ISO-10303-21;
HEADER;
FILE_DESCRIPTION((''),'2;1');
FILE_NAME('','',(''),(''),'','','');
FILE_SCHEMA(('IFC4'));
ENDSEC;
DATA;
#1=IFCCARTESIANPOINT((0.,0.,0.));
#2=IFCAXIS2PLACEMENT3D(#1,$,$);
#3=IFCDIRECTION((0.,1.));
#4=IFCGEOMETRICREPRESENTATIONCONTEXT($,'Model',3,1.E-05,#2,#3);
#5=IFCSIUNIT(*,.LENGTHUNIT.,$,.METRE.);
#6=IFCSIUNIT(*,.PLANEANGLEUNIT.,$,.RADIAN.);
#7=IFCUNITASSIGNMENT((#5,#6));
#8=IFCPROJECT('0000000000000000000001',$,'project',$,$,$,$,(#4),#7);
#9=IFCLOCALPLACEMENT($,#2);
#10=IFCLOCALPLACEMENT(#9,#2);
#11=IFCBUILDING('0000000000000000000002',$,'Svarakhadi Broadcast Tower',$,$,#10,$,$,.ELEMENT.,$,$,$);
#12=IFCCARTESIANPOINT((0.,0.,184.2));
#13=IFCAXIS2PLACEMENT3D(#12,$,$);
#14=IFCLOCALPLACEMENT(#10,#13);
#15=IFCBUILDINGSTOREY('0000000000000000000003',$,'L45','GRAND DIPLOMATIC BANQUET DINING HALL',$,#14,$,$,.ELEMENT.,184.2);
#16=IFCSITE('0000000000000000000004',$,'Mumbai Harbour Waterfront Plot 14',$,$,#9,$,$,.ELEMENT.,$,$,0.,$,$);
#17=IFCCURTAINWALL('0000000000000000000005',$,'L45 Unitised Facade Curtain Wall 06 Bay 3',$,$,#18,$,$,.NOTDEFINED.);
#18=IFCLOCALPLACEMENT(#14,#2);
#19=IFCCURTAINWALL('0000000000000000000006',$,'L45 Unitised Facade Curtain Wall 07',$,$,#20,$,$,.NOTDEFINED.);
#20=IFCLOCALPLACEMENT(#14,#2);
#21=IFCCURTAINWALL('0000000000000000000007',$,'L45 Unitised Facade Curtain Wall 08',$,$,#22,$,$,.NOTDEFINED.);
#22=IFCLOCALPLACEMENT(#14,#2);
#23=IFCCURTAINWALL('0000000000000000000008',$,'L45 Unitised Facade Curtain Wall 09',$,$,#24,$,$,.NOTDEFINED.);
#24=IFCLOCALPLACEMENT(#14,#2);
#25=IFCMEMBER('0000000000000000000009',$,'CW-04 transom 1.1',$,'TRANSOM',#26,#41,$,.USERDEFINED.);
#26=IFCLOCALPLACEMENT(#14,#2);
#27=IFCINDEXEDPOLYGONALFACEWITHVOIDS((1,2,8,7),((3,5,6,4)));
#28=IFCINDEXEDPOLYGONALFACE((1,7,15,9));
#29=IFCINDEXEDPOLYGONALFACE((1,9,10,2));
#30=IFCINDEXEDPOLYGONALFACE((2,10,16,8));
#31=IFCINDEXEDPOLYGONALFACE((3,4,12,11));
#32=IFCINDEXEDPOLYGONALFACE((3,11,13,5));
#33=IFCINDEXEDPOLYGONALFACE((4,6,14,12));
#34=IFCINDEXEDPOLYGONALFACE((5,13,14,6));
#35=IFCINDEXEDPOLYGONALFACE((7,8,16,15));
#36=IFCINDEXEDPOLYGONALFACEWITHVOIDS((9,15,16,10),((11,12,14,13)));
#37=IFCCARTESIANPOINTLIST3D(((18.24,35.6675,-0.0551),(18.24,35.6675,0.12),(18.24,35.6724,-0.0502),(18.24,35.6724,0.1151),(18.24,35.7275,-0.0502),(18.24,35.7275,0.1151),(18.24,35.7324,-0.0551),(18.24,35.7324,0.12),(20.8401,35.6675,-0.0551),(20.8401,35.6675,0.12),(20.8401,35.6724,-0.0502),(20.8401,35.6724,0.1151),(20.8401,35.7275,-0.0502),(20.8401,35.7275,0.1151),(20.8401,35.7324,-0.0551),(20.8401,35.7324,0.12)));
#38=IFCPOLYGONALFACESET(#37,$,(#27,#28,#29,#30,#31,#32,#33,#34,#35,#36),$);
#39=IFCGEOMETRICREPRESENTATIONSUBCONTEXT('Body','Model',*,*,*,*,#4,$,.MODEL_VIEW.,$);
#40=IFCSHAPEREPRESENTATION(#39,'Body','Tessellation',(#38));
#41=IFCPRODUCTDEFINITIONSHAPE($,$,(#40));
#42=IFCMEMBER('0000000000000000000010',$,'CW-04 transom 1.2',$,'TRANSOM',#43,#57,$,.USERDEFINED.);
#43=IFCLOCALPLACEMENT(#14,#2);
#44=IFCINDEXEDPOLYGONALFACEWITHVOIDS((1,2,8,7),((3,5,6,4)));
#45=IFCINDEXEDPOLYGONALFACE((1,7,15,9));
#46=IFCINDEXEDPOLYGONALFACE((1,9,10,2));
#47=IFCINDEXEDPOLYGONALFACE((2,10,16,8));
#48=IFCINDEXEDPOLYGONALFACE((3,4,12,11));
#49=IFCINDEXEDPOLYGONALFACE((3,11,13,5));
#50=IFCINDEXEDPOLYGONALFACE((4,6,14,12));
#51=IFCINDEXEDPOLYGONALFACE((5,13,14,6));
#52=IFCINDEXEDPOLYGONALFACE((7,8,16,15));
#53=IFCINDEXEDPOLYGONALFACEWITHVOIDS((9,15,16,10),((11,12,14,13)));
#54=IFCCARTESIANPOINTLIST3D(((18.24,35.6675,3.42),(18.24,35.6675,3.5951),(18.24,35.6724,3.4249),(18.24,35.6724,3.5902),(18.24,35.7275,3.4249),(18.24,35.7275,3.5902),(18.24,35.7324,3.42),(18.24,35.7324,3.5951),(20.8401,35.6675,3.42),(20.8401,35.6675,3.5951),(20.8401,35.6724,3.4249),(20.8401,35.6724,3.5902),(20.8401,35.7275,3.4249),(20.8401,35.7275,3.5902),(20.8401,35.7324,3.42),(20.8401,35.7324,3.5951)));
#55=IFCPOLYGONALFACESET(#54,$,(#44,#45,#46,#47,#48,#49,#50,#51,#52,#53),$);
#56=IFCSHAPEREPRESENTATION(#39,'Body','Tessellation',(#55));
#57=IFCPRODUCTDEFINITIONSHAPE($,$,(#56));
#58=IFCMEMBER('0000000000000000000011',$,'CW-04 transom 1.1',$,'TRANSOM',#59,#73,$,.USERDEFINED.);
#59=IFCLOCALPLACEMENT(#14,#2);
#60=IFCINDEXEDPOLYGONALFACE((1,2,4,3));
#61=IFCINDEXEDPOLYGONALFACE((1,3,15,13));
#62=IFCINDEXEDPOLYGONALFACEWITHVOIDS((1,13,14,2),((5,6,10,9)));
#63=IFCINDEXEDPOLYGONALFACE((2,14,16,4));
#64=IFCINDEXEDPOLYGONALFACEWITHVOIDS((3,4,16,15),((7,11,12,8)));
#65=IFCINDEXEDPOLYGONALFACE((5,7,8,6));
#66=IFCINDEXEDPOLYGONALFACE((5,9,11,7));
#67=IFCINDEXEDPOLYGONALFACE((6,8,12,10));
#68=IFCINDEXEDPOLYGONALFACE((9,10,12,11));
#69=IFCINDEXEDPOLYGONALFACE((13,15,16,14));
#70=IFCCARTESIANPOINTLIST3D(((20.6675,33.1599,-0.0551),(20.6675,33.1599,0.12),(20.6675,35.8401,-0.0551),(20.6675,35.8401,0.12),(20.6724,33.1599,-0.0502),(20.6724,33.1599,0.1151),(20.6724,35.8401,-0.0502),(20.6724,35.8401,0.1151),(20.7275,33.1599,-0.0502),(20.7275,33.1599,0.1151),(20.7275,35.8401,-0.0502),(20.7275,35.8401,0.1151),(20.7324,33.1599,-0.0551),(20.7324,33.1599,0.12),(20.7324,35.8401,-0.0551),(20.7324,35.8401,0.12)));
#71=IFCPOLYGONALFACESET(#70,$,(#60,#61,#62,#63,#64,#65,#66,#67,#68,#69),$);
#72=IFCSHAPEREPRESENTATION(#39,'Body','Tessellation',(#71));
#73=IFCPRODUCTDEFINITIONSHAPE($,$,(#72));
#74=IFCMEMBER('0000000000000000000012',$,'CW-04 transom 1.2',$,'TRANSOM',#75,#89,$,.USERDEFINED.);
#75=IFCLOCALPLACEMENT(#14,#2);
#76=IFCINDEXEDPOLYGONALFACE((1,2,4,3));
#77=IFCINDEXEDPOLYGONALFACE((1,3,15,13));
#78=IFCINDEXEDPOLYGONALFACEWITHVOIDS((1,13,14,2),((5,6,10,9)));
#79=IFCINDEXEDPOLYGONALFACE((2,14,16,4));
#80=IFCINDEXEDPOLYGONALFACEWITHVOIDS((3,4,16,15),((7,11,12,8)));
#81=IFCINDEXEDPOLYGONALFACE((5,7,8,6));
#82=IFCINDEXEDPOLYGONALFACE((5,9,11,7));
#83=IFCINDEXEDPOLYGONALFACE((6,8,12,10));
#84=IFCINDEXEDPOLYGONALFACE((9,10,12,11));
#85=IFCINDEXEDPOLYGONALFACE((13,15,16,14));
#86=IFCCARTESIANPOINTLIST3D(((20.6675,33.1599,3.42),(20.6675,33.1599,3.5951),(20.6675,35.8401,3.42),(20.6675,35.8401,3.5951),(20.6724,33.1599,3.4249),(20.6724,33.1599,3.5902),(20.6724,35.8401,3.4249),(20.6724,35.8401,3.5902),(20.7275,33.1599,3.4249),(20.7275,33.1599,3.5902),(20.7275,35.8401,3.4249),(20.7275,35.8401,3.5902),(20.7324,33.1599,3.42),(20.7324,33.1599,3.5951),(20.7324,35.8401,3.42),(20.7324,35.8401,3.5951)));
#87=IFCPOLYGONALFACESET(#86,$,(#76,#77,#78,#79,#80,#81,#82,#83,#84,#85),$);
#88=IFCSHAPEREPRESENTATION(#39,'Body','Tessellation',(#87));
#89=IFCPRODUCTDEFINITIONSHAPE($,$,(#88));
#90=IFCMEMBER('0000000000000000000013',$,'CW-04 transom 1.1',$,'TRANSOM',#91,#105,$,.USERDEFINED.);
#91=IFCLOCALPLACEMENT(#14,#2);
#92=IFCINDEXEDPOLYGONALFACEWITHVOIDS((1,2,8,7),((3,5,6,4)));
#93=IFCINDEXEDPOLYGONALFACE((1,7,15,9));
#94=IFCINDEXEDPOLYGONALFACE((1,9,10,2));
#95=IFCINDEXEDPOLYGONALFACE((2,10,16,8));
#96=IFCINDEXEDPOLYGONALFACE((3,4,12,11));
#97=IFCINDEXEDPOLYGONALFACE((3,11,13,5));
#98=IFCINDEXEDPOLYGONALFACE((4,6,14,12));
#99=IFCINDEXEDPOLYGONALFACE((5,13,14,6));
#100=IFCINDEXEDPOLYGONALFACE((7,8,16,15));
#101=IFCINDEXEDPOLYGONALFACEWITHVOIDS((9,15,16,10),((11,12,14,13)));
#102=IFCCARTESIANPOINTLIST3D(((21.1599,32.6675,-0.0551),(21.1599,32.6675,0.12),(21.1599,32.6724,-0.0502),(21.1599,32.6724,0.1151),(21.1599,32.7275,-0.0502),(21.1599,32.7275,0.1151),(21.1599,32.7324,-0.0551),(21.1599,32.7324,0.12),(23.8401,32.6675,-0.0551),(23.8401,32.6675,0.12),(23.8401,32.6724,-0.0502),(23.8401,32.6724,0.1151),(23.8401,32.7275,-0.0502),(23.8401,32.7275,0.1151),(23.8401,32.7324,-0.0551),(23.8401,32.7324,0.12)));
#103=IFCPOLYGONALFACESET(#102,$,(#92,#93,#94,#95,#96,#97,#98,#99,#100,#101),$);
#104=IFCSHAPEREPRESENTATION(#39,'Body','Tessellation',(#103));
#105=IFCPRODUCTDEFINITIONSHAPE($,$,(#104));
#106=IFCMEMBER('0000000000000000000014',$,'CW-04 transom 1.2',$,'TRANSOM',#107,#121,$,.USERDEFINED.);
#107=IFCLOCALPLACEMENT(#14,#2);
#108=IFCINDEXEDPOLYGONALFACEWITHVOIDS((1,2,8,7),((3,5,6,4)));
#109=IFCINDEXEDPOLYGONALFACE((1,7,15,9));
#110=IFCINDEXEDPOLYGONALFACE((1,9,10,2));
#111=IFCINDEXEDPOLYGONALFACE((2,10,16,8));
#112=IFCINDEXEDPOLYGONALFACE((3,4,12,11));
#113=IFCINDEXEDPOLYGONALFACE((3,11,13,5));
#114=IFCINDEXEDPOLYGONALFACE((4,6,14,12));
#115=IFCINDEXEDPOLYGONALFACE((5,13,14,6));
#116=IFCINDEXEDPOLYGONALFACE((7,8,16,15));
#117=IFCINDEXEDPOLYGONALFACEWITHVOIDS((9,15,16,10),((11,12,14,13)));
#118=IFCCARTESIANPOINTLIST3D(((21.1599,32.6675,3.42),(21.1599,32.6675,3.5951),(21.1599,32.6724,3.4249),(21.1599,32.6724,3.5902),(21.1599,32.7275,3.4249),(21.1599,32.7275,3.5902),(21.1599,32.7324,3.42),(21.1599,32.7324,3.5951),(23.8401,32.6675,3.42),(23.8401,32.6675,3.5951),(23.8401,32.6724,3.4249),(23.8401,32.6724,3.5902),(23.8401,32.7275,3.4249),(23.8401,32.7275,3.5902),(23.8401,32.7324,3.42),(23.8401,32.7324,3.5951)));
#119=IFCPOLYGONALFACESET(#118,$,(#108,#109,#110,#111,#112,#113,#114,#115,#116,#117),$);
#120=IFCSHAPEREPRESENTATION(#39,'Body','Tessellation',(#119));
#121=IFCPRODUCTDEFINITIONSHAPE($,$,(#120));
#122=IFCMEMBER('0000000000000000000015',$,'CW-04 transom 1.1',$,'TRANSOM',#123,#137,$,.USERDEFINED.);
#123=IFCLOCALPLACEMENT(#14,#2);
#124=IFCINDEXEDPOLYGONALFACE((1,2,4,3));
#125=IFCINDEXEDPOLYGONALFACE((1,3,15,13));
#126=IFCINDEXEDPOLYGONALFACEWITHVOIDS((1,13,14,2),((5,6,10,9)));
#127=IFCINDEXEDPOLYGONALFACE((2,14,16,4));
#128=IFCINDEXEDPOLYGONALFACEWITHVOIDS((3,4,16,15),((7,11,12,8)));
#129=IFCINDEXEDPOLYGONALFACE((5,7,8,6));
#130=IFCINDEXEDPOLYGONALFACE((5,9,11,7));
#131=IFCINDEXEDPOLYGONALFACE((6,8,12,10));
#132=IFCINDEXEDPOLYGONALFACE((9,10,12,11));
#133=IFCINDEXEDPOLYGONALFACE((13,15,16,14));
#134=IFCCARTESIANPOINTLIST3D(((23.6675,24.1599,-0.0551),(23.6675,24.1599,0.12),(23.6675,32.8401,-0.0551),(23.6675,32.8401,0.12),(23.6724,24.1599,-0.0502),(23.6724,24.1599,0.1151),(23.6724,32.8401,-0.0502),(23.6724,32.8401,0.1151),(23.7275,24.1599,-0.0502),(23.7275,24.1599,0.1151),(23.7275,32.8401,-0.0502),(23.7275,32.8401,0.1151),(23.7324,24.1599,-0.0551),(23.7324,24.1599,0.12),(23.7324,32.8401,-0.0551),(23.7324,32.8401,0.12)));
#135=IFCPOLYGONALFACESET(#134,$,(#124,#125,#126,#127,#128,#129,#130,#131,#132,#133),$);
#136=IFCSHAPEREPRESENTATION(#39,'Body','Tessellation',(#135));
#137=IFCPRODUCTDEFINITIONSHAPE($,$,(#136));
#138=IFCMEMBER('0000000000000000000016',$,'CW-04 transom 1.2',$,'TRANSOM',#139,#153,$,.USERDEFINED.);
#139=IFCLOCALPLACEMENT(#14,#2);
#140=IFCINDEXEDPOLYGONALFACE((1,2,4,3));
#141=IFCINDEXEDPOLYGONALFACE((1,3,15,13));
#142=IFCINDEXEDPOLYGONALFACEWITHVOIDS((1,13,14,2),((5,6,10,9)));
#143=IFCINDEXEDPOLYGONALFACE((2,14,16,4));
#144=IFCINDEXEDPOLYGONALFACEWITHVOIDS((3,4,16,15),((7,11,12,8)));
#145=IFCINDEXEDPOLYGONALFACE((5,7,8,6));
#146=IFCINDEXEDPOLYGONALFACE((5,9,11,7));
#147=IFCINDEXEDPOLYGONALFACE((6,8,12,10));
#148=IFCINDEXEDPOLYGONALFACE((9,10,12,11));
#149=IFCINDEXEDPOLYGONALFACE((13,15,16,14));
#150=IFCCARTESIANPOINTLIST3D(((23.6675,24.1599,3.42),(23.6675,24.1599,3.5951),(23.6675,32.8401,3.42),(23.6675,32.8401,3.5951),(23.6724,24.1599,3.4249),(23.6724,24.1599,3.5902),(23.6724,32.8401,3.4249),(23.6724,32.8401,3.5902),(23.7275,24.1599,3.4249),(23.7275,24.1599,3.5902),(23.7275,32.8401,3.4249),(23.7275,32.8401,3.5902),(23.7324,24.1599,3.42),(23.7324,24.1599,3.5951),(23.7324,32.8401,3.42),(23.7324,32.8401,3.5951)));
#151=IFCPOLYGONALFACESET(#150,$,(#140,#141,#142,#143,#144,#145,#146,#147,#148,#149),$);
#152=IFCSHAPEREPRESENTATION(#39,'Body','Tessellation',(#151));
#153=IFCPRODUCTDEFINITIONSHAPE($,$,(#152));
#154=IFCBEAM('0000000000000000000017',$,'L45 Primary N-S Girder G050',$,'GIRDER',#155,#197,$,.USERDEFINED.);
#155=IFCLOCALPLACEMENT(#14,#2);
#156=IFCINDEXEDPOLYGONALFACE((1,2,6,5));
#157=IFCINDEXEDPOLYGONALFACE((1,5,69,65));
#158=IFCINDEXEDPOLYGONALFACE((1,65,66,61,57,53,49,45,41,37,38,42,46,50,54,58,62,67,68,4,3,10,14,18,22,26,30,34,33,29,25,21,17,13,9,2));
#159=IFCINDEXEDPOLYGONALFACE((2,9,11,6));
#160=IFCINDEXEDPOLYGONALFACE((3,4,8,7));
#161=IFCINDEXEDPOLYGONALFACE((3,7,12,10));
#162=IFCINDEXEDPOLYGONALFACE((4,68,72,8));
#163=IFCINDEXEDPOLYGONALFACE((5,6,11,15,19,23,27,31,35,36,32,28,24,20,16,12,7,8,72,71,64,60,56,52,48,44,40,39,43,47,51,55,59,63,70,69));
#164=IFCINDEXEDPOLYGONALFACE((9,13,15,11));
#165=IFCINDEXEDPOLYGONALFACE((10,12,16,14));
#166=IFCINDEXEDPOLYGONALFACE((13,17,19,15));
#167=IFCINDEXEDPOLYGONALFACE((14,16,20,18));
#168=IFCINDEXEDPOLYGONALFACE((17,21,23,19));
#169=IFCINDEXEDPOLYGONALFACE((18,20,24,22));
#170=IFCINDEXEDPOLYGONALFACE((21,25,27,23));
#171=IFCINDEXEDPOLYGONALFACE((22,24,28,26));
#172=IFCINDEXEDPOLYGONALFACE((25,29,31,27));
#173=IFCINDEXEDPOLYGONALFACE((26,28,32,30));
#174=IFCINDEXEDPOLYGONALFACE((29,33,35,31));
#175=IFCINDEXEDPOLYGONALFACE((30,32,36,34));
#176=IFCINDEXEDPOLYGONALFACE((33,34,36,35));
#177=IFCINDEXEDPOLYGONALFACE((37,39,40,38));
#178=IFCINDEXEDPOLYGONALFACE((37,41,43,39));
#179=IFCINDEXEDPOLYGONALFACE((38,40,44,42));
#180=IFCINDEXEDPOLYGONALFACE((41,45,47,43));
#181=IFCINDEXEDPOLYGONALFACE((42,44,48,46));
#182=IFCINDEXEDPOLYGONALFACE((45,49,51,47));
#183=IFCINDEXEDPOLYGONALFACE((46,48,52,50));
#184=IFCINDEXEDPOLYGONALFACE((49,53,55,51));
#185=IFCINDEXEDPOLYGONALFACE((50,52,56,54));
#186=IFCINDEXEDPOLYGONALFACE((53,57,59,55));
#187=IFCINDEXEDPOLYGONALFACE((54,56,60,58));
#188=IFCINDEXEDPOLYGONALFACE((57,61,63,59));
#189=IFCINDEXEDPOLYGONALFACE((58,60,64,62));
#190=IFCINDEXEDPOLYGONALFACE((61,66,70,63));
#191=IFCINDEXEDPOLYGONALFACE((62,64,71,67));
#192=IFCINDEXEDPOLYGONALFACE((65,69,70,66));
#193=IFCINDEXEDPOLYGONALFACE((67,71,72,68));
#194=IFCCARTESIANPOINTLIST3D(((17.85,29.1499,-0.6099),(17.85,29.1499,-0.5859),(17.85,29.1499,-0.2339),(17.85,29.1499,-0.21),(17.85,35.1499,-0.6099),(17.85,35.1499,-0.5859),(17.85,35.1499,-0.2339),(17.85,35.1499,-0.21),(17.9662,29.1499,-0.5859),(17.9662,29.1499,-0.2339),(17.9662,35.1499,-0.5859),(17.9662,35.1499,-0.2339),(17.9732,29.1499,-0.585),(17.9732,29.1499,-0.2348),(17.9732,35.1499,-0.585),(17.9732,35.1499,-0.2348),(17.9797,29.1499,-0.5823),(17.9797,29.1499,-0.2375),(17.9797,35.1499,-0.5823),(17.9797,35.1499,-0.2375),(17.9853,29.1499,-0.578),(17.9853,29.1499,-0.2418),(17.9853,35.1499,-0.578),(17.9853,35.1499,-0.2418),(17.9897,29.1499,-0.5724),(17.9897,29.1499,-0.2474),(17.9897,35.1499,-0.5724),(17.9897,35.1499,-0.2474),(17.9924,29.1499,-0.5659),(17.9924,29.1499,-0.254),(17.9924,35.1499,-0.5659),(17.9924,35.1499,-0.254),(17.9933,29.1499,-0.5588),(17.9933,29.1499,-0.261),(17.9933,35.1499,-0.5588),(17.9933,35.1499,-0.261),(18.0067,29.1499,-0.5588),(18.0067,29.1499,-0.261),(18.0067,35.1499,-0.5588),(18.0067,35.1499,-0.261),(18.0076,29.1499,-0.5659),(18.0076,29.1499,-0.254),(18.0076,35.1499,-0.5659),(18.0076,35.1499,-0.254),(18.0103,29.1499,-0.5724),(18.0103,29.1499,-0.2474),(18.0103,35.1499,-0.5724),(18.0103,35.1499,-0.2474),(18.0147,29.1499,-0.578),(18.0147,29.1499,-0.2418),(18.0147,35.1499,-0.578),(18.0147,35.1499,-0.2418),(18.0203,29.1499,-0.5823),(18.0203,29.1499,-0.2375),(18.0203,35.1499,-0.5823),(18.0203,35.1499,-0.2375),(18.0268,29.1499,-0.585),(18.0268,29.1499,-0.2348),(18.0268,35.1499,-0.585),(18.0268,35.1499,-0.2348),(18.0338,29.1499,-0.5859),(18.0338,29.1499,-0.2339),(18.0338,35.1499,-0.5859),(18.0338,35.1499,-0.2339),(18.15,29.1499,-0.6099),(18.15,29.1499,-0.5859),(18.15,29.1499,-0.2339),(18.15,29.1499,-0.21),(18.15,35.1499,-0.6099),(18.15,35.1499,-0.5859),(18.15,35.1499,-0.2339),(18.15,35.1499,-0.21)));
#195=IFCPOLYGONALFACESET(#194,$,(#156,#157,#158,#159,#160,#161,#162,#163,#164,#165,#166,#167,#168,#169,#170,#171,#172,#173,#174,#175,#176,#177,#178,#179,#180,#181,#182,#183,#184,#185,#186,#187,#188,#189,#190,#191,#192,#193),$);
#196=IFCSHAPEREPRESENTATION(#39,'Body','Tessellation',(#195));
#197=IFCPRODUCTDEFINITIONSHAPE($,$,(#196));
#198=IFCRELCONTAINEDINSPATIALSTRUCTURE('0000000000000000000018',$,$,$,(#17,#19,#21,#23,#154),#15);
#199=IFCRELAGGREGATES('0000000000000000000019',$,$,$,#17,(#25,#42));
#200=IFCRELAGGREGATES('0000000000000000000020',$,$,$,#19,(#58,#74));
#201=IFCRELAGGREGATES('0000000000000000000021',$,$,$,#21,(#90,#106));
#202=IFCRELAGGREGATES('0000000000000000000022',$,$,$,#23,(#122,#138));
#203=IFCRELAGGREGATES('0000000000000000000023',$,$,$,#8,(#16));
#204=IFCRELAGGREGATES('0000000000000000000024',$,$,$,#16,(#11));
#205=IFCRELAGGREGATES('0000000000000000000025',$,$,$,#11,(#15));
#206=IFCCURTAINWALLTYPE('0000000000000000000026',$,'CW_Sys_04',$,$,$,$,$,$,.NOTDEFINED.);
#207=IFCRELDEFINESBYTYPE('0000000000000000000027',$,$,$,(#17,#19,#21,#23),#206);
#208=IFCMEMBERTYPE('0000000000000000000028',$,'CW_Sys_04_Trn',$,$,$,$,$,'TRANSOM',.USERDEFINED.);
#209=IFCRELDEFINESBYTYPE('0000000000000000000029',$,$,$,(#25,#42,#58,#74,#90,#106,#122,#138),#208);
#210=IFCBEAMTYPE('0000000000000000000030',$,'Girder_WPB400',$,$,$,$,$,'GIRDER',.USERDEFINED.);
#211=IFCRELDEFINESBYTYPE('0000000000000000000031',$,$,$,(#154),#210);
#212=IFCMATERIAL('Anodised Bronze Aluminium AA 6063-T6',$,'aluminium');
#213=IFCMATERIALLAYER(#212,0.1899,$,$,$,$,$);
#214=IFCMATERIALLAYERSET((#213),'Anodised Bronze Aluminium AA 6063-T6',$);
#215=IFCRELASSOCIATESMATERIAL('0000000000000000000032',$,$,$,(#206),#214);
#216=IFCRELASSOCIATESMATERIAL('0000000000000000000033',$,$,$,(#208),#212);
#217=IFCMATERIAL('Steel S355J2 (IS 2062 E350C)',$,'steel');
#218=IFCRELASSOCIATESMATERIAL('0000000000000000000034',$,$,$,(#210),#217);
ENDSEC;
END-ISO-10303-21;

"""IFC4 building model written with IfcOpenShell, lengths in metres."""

from ifc_helpers import new_model, si_unit, direction, frame, origin, origin_2d, place, context, subcontext, project, spatial, hollow_rectangle, i_section, extrude, material, layer, layer_set, material_profile, profile_set, type_object, element, aggregate, save


model = new_model("IFC4")

# Units and contexts
model_context = context("Model", 3, precision=1e-05, world=origin(), true_north=direction((0.0, 1.0)))
body_context = subcontext(model_context, "Body", "Model", "MODEL_VIEW")
ifc_project = project(units=[si_unit("LENGTHUNIT", "METRE"), si_unit("PLANEANGLEUNIT", "RADIAN")], contexts=[model_context])

# Site, building, storey
site_placement = place(None, origin())
site = spatial("IfcSite", under=ifc_project, at=site_placement, Name="Mumbai Harbour Waterfront Plot 14", CompositionType="ELEMENT", RefElevation=0.0)
building_placement = place(site_placement, origin())
building = spatial("IfcBuilding", under=site, at=building_placement, Name="Svarakhadi Broadcast Tower", CompositionType="ELEMENT")
storey_placement = place(building_placement, frame((0.0, 0.0, 184.2)))
storey = spatial("IfcBuildingStorey", under=building, at=storey_placement, Name="L45", Description="GRAND DIPLOMATIC BANQUET DINING HALL", CompositionType="ELEMENT", Elevation=184.2)

# Curtain walls
ifc_material_1 = material(Name="Anodised Bronze Aluminium AA 6063-T6", Category="aluminium")
ifc_layer_1 = layer(ifc_material_1, 0.1899)
ifc_layer_set_1 = layer_set([ifc_layer_1], Name="Anodised Bronze Aluminium AA 6063-T6")
curtain_wall_type = type_object("IfcCurtainWallType", Name="CW_Sys_04", PredefinedType="NOTDEFINED", material=ifc_layer_set_1)
curtain_wall_1_placement = place(storey_placement, origin())
curtain_wall_1 = element("IfcCurtainWall", 1, at=curtain_wall_1_placement, inside=storey, type_object=curtain_wall_type, Name="L45 Unitised Facade Curtain Wall 06 Bay 3", PredefinedType="NOTDEFINED")
curtain_wall_2_placement = place(storey_placement, origin())
curtain_wall_2 = element("IfcCurtainWall", 2, at=curtain_wall_2_placement, inside=storey, type_object=curtain_wall_type, Name="L45 Unitised Facade Curtain Wall 07", PredefinedType="NOTDEFINED")
curtain_wall_3_placement = place(storey_placement, origin())
curtain_wall_3 = element("IfcCurtainWall", 3, at=curtain_wall_3_placement, inside=storey, type_object=curtain_wall_type, Name="L45 Unitised Facade Curtain Wall 08", PredefinedType="NOTDEFINED")

# Curtain wall
curtain_wall_4_placement = place(storey_placement, origin())
curtain_wall_4 = element("IfcCurtainWall", 4, at=curtain_wall_4_placement, inside=storey, type_object=curtain_wall_type, Name="L45 Unitised Facade Curtain Wall 09", PredefinedType="NOTDEFINED")

# Members
ifc_material_profile_1 = material_profile(ifc_material_1, hollow_rectangle(XDim=0.0649, YDim=0.175, WallThickness=0.0049, at=origin_2d()), Name="ALU TRANSOM 175x65x5")
ifc_profile_set_1 = profile_set([ifc_material_profile_1], Name="Anodised Bronze Aluminium AA 6063-T6")
member_type_1 = type_object("IfcMemberType", Name="CW_Sys_04_Trn", ElementType="TRANSOM", PredefinedType="USERDEFINED", material=ifc_profile_set_1)
member_1_placement = place(storey_placement, frame((18.24, 35.7, 0.0325), z_axis=(1.0, 0.0, 0.0), x_axis=(0.0, 1.0, 0.0)))
member_1 = element("IfcMember", 5, at=member_1_placement, type_object=member_type_1, Name="CW-04 transom 1.1", ObjectType="TRANSOM", PredefinedType="USERDEFINED", context=body_context, shape_type="SweptSolid", body=[
    extrude(hollow_rectangle(XDim=0.0649, YDim=0.175, WallThickness=0.0049, at=origin_2d()), origin(), (0.0, 0.0, 1.0), 2.6001),
])
member_2_placement = place(storey_placement, frame((18.24, 35.7, 3.5076), z_axis=(1.0, 0.0, 0.0), x_axis=(0.0, 1.0, 0.0)))
member_2 = element("IfcMember", 6, at=member_2_placement, type_object=member_type_1, Name="CW-04 transom 1.2", ObjectType="TRANSOM", PredefinedType="USERDEFINED", context=body_context, shape_type="SweptSolid", body=[
    extrude(hollow_rectangle(XDim=0.0649, YDim=0.175, WallThickness=0.0049, at=origin_2d()), origin(), (0.0, 0.0, 1.0), 2.6001),
])
member_3_placement = place(storey_placement, frame((20.7, 35.8401, 0.0325), z_axis=(0.0, -1.0, 0.0), x_axis=(1.0, 0.0, 0.0)))
member_3 = element("IfcMember", 7, at=member_3_placement, type_object=member_type_1, Name="CW-04 transom 1.1", ObjectType="TRANSOM", PredefinedType="USERDEFINED", context=body_context, shape_type="SweptSolid", body=[
    extrude(hollow_rectangle(XDim=0.0649, YDim=0.175, WallThickness=0.0049, at=origin_2d()), origin(), (0.0, 0.0, 1.0), 2.6802),
])
member_4_placement = place(storey_placement, frame((20.7, 35.8401, 3.5076), z_axis=(0.0, -1.0, 0.0), x_axis=(1.0, 0.0, 0.0)))
member_4 = element("IfcMember", 8, at=member_4_placement, type_object=member_type_1, Name="CW-04 transom 1.2", ObjectType="TRANSOM", PredefinedType="USERDEFINED", context=body_context, shape_type="SweptSolid", body=[
    extrude(hollow_rectangle(XDim=0.0649, YDim=0.175, WallThickness=0.0049, at=origin_2d()), origin(), (0.0, 0.0, 1.0), 2.6802),
])
member_5_placement = place(storey_placement, frame((21.1599, 32.7, 0.0325), z_axis=(1.0, 0.0, 0.0), x_axis=(0.0, 1.0, 0.0)))
member_5 = element("IfcMember", 9, at=member_5_placement, type_object=member_type_1, Name="CW-04 transom 1.1", ObjectType="TRANSOM", PredefinedType="USERDEFINED", context=body_context, shape_type="SweptSolid", body=[
    extrude(hollow_rectangle(XDim=0.0649, YDim=0.175, WallThickness=0.0049, at=origin_2d()), origin(), (0.0, 0.0, 1.0), 2.6802),
])
member_6_placement = place(storey_placement, frame((21.1599, 32.7, 3.5076), z_axis=(1.0, 0.0, 0.0), x_axis=(0.0, 1.0, 0.0)))
member_6 = element("IfcMember", 10, at=member_6_placement, type_object=member_type_1, Name="CW-04 transom 1.2", ObjectType="TRANSOM", PredefinedType="USERDEFINED", context=body_context, shape_type="SweptSolid", body=[
    extrude(hollow_rectangle(XDim=0.0649, YDim=0.175, WallThickness=0.0049, at=origin_2d()), origin(), (0.0, 0.0, 1.0), 2.6802),
])
member_7_placement = place(storey_placement, frame((23.7, 32.8401, 0.0325), z_axis=(0.0, -1.0, 0.0), x_axis=(1.0, 0.0, 0.0)))
member_7 = element("IfcMember", 11, at=member_7_placement, type_object=member_type_1, Name="CW-04 transom 1.1", ObjectType="TRANSOM", PredefinedType="USERDEFINED", context=body_context, shape_type="SweptSolid", body=[
    extrude(hollow_rectangle(XDim=0.0649, YDim=0.175, WallThickness=0.0049, at=origin_2d()), origin(), (0.0, 0.0, 1.0), 8.6802),
])
member_8_placement = place(storey_placement, frame((23.7, 32.8401, 3.5076), z_axis=(0.0, -1.0, 0.0), x_axis=(1.0, 0.0, 0.0)))
member_8 = element("IfcMember", 12, at=member_8_placement, type_object=member_type_1, Name="CW-04 transom 1.2", ObjectType="TRANSOM", PredefinedType="USERDEFINED", context=body_context, shape_type="SweptSolid", body=[
    extrude(hollow_rectangle(XDim=0.0649, YDim=0.175, WallThickness=0.0049, at=origin_2d()), origin(), (0.0, 0.0, 1.0), 8.6802),
])

# Beam
ifc_material_2 = material(Name="Steel S355J2 (IS 2062 E350C)", Category="steel")
ifc_material_profile_2 = material_profile(ifc_material_2, i_section(OverallWidth=0.3, OverallDepth=0.3999, WebThickness=0.0134, FlangeThickness=0.0239, FilletRadius=0.0271, at=origin_2d()), Name="WPB 400x300x155")
ifc_profile_set_2 = profile_set([ifc_material_profile_2], Name="Steel S355J2 (IS 2062 E350C)")
beam_type = type_object("IfcBeamType", Name="Girder_WPB400", ElementType="GIRDER", PredefinedType="USERDEFINED", material=ifc_profile_set_2)
beam_placement = place(storey_placement, frame((18.0, 29.1499, -0.4099), z_axis=(0.0, 1.0, 0.0), x_axis=(-1.0, 0.0, 0.0)))
element("IfcBeam", 13, at=beam_placement, inside=storey, type_object=beam_type, Name="L45 Primary N-S Girder G050", ObjectType="GIRDER", PredefinedType="USERDEFINED", context=body_context, shape_type="SweptSolid", body=[
    extrude(i_section(OverallWidth=0.3, OverallDepth=0.3999, WebThickness=0.0134, FlangeThickness=0.0239, FilletRadius=0.0271, at=origin_2d()), origin(), (0.0, 0.0, 1.0), 6.0),
])

aggregate(curtain_wall_1, [member_1, member_2])
aggregate(curtain_wall_2, [member_3, member_4])
aggregate(curtain_wall_3, [member_5, member_6])
aggregate(curtain_wall_4, [member_7, member_8])

save(model, "model.ifc")
